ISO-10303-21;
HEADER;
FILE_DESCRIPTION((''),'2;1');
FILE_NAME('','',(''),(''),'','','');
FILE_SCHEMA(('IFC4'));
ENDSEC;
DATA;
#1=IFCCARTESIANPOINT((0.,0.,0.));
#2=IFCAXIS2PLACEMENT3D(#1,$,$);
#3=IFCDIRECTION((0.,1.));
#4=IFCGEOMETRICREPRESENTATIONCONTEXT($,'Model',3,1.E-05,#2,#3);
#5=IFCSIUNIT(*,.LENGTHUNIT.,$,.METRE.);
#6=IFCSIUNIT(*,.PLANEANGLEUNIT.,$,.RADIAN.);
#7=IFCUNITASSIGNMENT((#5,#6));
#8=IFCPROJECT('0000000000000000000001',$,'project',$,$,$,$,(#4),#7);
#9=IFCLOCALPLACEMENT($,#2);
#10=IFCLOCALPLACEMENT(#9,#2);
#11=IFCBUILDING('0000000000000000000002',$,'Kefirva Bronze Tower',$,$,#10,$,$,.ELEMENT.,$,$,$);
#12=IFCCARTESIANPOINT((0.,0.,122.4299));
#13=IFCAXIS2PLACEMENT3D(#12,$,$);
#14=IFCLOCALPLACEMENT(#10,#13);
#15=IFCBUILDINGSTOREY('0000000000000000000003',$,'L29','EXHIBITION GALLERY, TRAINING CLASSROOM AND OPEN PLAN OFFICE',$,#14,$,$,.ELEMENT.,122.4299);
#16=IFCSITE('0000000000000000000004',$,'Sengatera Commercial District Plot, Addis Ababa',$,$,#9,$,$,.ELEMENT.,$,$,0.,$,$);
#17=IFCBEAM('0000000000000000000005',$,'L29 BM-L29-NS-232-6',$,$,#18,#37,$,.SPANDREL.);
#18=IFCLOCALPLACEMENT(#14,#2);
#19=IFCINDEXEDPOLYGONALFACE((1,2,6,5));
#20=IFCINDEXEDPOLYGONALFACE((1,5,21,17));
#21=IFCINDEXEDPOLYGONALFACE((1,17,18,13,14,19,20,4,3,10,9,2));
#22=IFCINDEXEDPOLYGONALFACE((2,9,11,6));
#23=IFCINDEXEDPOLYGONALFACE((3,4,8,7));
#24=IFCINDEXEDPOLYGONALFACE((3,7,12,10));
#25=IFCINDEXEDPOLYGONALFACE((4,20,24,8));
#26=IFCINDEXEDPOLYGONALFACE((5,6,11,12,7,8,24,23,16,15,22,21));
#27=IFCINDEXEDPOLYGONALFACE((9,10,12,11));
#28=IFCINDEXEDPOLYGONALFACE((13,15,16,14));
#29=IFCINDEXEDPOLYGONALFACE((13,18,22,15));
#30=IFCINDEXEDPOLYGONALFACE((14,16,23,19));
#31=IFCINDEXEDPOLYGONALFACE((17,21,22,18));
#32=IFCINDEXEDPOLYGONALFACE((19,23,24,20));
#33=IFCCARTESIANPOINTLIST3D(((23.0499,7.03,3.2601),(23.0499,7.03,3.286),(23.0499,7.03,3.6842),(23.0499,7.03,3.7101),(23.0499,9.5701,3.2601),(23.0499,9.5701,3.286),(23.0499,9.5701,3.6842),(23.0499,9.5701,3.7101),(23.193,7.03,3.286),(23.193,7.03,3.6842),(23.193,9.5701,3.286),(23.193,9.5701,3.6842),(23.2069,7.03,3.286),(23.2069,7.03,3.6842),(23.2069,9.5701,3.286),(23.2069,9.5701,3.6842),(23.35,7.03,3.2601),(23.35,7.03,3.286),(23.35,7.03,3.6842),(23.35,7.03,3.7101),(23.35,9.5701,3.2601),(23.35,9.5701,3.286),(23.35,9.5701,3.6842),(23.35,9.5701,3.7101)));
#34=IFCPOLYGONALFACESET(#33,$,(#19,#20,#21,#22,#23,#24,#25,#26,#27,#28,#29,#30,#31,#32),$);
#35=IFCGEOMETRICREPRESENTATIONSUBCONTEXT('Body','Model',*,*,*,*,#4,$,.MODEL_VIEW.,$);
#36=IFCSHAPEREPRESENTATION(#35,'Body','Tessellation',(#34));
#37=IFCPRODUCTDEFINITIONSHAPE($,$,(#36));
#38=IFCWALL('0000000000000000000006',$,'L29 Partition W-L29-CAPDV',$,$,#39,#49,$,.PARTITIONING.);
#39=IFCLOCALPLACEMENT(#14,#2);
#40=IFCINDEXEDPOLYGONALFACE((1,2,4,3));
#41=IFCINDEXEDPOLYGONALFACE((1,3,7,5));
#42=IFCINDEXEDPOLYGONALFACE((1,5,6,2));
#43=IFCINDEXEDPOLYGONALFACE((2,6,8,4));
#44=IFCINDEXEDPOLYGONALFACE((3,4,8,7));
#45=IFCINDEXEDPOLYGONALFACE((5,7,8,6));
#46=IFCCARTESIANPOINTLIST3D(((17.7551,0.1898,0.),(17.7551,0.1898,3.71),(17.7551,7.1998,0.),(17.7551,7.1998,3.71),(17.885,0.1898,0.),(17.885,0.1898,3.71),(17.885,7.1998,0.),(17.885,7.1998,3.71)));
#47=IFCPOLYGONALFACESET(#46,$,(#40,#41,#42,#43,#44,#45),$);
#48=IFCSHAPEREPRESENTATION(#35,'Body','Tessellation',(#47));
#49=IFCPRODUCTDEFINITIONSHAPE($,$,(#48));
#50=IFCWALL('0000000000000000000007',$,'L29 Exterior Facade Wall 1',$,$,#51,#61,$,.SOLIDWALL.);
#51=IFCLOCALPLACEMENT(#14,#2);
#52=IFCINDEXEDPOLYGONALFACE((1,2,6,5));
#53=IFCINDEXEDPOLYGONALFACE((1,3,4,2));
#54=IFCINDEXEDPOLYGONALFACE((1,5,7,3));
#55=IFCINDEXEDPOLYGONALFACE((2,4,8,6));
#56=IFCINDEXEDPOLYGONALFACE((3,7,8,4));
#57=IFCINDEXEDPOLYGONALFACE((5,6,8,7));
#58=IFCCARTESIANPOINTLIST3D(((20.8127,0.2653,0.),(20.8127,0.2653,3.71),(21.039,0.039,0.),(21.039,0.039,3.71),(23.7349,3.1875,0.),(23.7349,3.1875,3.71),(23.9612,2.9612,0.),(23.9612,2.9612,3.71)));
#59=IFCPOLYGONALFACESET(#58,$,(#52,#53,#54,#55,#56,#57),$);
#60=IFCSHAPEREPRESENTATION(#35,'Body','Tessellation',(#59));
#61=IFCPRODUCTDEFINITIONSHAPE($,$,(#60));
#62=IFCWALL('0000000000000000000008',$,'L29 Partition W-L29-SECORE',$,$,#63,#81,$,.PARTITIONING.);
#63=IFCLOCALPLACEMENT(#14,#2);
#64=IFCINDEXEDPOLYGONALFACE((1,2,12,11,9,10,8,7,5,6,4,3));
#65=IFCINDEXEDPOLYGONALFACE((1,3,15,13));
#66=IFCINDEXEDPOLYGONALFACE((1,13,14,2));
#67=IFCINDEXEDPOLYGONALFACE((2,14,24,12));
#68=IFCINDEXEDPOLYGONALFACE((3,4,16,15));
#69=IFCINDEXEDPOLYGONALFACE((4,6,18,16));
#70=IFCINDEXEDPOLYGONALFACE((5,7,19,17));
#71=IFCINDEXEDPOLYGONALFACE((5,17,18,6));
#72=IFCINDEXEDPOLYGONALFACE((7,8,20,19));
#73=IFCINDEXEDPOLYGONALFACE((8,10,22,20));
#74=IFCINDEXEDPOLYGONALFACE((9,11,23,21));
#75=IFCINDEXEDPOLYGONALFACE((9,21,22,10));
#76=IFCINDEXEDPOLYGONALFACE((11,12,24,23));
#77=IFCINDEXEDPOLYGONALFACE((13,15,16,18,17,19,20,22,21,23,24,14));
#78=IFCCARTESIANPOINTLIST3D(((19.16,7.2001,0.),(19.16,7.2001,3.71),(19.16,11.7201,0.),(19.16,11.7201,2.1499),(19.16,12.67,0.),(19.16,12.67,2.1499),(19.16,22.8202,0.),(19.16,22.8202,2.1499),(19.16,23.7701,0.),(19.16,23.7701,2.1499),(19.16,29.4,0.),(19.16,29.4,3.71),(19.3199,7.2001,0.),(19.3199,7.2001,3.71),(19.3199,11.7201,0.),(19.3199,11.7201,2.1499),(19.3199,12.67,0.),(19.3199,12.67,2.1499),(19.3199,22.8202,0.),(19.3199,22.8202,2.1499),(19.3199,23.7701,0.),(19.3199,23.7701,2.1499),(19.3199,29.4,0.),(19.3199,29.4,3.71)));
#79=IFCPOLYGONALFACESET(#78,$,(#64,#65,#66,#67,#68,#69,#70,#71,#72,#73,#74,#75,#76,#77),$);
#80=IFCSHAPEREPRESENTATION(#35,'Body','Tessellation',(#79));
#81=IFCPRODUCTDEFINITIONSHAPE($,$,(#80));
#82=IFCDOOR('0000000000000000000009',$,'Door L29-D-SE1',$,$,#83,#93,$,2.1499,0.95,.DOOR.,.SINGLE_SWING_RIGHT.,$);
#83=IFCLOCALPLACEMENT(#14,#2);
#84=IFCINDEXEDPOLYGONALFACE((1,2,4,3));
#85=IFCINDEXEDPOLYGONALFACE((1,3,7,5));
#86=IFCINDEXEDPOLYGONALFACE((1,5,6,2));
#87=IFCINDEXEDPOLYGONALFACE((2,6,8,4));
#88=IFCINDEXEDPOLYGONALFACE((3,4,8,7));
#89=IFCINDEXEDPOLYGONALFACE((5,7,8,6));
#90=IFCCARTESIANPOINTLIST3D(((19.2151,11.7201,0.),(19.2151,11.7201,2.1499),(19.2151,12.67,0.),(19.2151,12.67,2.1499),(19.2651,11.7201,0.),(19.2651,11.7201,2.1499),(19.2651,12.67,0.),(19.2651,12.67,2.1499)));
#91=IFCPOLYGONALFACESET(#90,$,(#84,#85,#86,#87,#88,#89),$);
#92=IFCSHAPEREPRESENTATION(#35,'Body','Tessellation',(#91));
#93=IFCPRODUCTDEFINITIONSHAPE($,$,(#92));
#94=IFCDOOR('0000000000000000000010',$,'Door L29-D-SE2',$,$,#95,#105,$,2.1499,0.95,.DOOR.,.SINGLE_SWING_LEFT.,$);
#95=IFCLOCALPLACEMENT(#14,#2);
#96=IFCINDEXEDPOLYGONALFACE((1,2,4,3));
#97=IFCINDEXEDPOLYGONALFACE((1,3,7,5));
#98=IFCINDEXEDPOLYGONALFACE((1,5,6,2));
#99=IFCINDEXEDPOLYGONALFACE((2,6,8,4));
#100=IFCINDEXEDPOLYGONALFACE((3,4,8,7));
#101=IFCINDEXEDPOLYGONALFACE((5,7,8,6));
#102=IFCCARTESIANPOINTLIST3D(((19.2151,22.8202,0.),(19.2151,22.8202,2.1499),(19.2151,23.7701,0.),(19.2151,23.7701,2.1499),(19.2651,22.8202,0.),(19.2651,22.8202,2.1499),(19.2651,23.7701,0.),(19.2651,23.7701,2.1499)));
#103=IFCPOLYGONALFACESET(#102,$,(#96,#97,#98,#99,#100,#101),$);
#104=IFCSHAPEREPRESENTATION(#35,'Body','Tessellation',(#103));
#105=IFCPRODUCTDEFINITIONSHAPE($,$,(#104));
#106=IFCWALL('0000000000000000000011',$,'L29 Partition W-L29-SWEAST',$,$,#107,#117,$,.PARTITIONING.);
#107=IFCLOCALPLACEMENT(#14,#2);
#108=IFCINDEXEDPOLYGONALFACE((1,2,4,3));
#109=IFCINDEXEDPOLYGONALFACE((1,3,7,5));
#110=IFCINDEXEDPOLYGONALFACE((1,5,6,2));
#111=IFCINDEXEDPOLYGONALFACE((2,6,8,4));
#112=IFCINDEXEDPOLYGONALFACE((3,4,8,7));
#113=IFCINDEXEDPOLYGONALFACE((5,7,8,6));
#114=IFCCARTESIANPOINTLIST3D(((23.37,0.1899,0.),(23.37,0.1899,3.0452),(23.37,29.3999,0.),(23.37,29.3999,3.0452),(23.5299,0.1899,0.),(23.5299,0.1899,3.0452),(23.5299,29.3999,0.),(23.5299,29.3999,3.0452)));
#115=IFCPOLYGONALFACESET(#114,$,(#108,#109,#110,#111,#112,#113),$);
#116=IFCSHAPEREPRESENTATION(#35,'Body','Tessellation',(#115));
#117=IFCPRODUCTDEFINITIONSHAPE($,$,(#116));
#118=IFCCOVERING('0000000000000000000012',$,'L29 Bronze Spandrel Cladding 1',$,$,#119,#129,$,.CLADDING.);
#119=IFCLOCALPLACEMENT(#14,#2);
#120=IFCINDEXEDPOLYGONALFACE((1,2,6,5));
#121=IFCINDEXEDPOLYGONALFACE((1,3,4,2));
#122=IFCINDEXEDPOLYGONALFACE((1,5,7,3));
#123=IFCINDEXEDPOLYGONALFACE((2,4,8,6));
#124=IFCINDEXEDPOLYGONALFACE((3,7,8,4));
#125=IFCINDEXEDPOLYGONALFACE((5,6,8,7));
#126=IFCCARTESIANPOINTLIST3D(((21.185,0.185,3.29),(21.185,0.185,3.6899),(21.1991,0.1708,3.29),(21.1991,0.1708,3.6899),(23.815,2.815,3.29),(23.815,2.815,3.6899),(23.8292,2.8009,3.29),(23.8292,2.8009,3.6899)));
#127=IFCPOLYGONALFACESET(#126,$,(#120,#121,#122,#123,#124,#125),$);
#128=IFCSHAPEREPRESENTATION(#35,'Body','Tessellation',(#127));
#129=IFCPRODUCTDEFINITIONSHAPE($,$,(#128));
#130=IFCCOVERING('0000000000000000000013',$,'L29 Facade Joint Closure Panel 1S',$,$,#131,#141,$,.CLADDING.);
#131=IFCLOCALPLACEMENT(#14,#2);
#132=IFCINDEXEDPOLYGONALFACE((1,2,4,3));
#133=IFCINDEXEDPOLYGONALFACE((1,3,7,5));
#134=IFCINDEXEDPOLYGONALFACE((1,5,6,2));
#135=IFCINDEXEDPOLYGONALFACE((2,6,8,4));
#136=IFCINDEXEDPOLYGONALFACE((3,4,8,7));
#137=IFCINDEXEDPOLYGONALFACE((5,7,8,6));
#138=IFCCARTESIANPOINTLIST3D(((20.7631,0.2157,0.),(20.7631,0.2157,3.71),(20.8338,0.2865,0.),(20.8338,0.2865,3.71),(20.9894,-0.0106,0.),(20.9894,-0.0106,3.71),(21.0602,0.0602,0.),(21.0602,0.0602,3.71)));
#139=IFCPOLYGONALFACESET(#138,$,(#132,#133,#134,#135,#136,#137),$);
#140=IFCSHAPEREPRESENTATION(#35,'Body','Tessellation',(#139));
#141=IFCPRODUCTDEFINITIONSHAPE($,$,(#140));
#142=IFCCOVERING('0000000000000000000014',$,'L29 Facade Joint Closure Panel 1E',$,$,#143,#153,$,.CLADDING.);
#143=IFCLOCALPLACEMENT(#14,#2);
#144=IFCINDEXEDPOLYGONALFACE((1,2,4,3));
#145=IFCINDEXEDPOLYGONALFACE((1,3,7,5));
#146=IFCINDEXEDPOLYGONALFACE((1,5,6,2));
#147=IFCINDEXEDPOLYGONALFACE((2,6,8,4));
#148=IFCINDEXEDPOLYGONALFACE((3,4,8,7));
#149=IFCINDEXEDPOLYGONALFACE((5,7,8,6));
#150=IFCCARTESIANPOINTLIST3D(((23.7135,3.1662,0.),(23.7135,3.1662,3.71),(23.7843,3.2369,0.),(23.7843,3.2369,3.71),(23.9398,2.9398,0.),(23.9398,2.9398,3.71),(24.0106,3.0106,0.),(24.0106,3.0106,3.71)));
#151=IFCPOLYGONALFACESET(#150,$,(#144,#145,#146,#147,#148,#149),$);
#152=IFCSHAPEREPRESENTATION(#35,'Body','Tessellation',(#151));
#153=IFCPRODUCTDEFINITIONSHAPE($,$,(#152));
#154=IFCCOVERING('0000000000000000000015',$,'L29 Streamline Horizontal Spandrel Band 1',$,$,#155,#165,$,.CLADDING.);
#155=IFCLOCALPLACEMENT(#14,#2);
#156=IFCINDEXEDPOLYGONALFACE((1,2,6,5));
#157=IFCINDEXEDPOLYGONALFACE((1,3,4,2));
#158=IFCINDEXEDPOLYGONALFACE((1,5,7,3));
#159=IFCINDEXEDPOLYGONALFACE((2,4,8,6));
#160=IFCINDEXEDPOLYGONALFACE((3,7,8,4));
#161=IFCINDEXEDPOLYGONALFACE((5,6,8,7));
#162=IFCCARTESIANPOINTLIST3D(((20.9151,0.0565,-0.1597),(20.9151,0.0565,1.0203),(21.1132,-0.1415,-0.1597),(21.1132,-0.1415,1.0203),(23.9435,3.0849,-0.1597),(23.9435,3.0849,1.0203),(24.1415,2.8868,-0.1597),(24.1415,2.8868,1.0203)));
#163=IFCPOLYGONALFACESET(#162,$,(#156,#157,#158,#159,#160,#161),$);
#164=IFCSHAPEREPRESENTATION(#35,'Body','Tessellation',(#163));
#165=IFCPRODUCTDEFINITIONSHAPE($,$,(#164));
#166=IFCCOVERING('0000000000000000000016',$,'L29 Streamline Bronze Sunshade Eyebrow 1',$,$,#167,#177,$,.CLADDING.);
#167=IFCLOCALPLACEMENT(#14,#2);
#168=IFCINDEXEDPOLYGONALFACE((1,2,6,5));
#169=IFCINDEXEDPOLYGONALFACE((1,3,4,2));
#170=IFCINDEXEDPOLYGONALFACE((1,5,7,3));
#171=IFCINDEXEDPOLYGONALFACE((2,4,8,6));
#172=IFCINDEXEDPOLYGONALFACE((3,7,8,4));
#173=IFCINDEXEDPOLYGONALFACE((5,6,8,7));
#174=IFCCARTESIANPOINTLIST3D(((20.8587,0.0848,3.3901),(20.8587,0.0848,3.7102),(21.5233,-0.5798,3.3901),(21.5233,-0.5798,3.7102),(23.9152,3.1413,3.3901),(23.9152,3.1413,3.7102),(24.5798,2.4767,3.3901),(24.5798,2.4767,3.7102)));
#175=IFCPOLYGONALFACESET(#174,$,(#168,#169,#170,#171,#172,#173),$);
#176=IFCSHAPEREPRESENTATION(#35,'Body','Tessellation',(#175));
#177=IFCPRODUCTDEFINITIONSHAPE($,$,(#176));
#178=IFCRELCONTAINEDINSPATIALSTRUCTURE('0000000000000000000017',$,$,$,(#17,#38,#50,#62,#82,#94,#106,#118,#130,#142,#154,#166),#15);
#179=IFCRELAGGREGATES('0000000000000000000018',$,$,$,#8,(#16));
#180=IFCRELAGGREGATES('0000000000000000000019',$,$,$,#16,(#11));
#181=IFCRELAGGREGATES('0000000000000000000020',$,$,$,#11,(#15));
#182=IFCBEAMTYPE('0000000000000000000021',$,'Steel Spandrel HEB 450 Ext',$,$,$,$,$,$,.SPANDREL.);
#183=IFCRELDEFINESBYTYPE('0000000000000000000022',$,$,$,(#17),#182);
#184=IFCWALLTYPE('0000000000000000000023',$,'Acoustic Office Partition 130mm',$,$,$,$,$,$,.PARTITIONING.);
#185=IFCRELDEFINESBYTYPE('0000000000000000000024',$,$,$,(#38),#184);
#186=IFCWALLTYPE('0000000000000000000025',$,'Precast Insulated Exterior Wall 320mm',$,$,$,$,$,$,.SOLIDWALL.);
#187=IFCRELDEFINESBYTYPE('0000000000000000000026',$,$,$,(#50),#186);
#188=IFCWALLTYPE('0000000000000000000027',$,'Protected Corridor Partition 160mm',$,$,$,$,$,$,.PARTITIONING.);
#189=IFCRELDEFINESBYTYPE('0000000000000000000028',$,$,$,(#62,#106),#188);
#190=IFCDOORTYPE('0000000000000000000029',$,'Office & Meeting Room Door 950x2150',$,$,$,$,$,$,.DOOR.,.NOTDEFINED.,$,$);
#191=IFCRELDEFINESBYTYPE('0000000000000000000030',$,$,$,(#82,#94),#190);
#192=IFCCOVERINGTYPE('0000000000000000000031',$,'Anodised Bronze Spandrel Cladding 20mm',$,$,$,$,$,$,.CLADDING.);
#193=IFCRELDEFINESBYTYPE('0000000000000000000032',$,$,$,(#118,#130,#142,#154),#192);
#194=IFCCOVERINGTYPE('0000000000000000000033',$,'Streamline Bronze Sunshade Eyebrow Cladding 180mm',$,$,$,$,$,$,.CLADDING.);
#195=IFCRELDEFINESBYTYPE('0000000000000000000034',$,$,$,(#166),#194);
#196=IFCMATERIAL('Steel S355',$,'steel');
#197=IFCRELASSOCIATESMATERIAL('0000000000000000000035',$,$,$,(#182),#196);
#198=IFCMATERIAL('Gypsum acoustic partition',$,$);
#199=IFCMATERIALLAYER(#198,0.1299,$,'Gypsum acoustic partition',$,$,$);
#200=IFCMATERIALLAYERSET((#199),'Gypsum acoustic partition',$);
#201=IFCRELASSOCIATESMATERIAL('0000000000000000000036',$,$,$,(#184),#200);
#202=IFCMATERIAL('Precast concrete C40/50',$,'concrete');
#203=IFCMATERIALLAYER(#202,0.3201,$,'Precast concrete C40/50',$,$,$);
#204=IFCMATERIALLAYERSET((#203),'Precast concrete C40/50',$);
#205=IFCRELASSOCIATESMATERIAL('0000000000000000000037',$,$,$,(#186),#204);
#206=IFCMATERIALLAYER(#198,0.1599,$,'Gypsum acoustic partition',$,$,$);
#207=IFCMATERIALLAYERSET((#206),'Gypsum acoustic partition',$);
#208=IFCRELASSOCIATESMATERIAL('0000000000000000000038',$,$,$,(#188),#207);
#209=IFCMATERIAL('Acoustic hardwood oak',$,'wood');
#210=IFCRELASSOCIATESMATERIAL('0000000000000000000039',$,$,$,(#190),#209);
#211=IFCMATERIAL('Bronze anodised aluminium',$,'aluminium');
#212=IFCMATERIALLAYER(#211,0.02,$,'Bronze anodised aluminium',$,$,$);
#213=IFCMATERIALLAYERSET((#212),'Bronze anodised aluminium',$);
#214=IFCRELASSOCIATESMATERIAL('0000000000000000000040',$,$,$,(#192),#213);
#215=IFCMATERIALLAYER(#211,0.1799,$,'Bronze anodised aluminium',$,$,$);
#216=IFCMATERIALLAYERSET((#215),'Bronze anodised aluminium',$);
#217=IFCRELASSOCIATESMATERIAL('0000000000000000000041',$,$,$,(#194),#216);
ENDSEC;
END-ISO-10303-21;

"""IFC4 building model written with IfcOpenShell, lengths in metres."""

from ifc_helpers import new_model, si_unit, direction, frame, frame_2d, origin, origin_2d, place, context, subcontext, project, spatial, rectangle, i_section, extrude, material, layer, layer_set, material_profile, profile_set, type_object, element, fill, save


model = new_model("IFC4")

# Units and contexts
model_context = context("Model", 3, precision=1e-05, world=origin(), true_north=direction((0.0, 1.0)))
body_context = subcontext(model_context, "Body", "Model", "MODEL_VIEW")
ifc_project = project(units=[si_unit("LENGTHUNIT", "METRE"), si_unit("PLANEANGLEUNIT", "RADIAN")], contexts=[model_context])

# Site, building, storey
site_placement = place(None, origin())
site = spatial("IfcSite", under=ifc_project, at=site_placement, Name="Sengatera Commercial District Plot, Addis Ababa", CompositionType="ELEMENT", RefElevation=0.0)
building_placement = place(site_placement, origin())
building = spatial("IfcBuilding", under=site, at=building_placement, Name="Kefirva Bronze Tower", CompositionType="ELEMENT")
storey_placement = place(building_placement, frame((0.0, 0.0, 122.4299)))
storey = spatial("IfcBuildingStorey", under=building, at=storey_placement, Name="L29", Description="EXHIBITION GALLERY, TRAINING CLASSROOM AND OPEN PLAN OFFICE", CompositionType="ELEMENT", Elevation=122.4299)

# Shared definitions
ifc_material_1 = material(Name="Bronze anodised aluminium", Category="aluminium")

# Beam
ifc_material_2 = material(Name="Steel S355", Category="steel")
ifc_material_profile_1 = material_profile(ifc_material_2, i_section(OverallWidth=0.3, OverallDepth=0.45, WebThickness=0.0139, FlangeThickness=0.0259, at=origin_2d()), Name="HEB 450")
ifc_profile_set_1 = profile_set([ifc_material_profile_1], Name="Steel S355")
beam_type_1 = type_object("IfcBeamType", Name="Steel Spandrel HEB 450 Ext", PredefinedType="SPANDREL", material=ifc_profile_set_1)
beam_1_placement = place(storey_placement, frame((23.2, 7.03, 3.4851), z_axis=(0.0, 1.0, 0.0), x_axis=(-1.0, 0.0, 0.0)))
element("IfcBeam", 1, at=beam_1_placement, inside=storey, type_object=beam_type_1, Name="L29 BM-L29-NS-232-6", PredefinedType="SPANDREL", context=body_context, shape_type="SweptSolid", body=[
    extrude(i_section(OverallWidth=0.3, OverallDepth=0.45, WebThickness=0.0139, FlangeThickness=0.0259, at=origin_2d()), origin(), (0.0, 0.0, 1.0), 2.54),
])

# Walls
ifc_material_3 = material(Name="Gypsum acoustic partition")
ifc_layer_1 = layer(ifc_material_3, 0.1299, Name="Gypsum acoustic partition")
ifc_layer_set_1 = layer_set([ifc_layer_1], Name="Gypsum acoustic partition")
wall_type_1 = type_object("IfcWallType", Name="Acoustic Office Partition 130mm", PredefinedType="PARTITIONING", material=ifc_layer_set_1)
wall_1_placement = place(storey_placement, frame((17.8201, 0.1899, 0.0), z_axis=(0.0, 0.0, 1.0), x_axis=(0.0, 1.0, 0.0)))
element("IfcWall", 2, at=wall_1_placement, inside=storey, type_object=wall_type_1, Name="L29 Partition W-L29-CAPDV", PredefinedType="PARTITIONING", context=body_context, shape_type="SweptSolid", body=[
    extrude(rectangle(XDim=7.01, YDim=0.1299, at=frame_2d((3.5049, 0.0))), origin(), (0.0, 0.0, 1.0), 3.71),
])
ifc_material_4 = material(Name="Precast concrete C40/50", Category="concrete")
ifc_layer_2 = layer(ifc_material_4, 0.3201, Name="Precast concrete C40/50")
ifc_layer_set_2 = layer_set([ifc_layer_2], Name="Precast concrete C40/50")
wall_type_2 = type_object("IfcWallType", Name="Precast Insulated Exterior Wall 320mm", PredefinedType="SOLIDWALL", material=ifc_layer_set_2)
wall_2_placement = place(storey_placement, frame((20.9258, 0.1521, 0.0), z_axis=(0.0, 0.0, 1.0), x_axis=(0.707107, 0.707107, 0.0)))
element("IfcWall", 3, at=wall_2_placement, inside=storey, type_object=wall_type_2, Name="L29 Exterior Facade Wall 1", PredefinedType="SOLIDWALL", context=body_context, shape_type="SweptSolid", body=[
    extrude(rectangle(XDim=4.1326, YDim=0.3201, at=frame_2d((2.0664, 0.0))), origin(), (0.0, 0.0, 1.0), 3.71),
])

# Wall, openings, doors
ifc_layer_3 = layer(ifc_material_3, 0.1599, Name="Gypsum acoustic partition")
ifc_layer_set_3 = layer_set([ifc_layer_3], Name="Gypsum acoustic partition")
wall_type_3 = type_object("IfcWallType", Name="Protected Corridor Partition 160mm", PredefinedType="PARTITIONING", material=ifc_layer_set_3)
wall_3_placement = place(storey_placement, frame((19.24, 7.2, 0.0), z_axis=(0.0, 0.0, 1.0), x_axis=(0.0, 1.0, 0.0)))
wall_3 = element("IfcWall", 4, at=wall_3_placement, inside=storey, type_object=wall_type_3, Name="L29 Partition W-L29-SECORE", PredefinedType="PARTITIONING", context=body_context, shape_type="SweptSolid", body=[
    extrude(rectangle(XDim=22.2, YDim=0.1599, at=frame_2d((11.1001, 0.0))), origin(), (0.0, 0.0, 1.0), 3.71),
])
opening_1_placement = place(wall_3_placement, frame((4.52, 0.0, 0.0)))
opening_1 = element("IfcOpeningElement", 5, at=opening_1_placement, cuts=wall_3, PredefinedType="OPENING", context=body_context, shape_type="SweptSolid", body=[
    extrude(rectangle(XDim=0.95, YDim=2.1499, at=frame_2d((0.4751, 1.075))), frame((0.0, 0.0898, 0.0), z_axis=(0.0, -1.0, 0.0), x_axis=(1.0, 0.0, 0.0)), (0.0, 0.0, 1.0), 0.1799),
])
opening_2_placement = place(wall_3_placement, frame((15.6201, 0.0, 0.0)))
opening_2 = element("IfcOpeningElement", 6, at=opening_2_placement, cuts=wall_3, PredefinedType="OPENING", context=body_context, shape_type="SweptSolid", body=[
    extrude(rectangle(XDim=0.95, YDim=2.1499, at=frame_2d((0.4751, 1.075))), frame((0.0, 0.0898, 0.0), z_axis=(0.0, -1.0, 0.0), x_axis=(1.0, 0.0, 0.0)), (0.0, 0.0, 1.0), 0.1799),
])
ifc_material_5 = material(Name="Acoustic hardwood oak", Category="wood")
door_type = type_object("IfcDoorType", Name="Office & Meeting Room Door 950x2150", OperationType="NOTDEFINED", PredefinedType="DOOR", material=ifc_material_5)
door_1_placement = place(opening_1_placement, origin())
door_1 = element("IfcDoor", 7, at=door_1_placement, inside=storey, type_object=door_type, Name="Door L29-D-SE1", OperationType="SINGLE_SWING_RIGHT", OverallHeight=2.1499, OverallWidth=0.95, PredefinedType="DOOR", context=body_context, shape_type="SweptSolid", body=[
    extrude(rectangle(XDim=0.95, YDim=2.1499, at=frame_2d((0.4751, 1.075))), frame((0.0, 0.0249, 0.0), z_axis=(0.0, -1.0, 0.0), x_axis=(1.0, 0.0, 0.0)), (0.0, 0.0, 1.0), 0.05),
])
fill(opening_1, door_1)
door_2_placement = place(opening_2_placement, origin())
door_2 = element("IfcDoor", 8, at=door_2_placement, inside=storey, type_object=door_type, Name="Door L29-D-SE2", OperationType="SINGLE_SWING_LEFT", OverallHeight=2.1499, OverallWidth=0.95, PredefinedType="DOOR", context=body_context, shape_type="SweptSolid", body=[
    extrude(rectangle(XDim=0.95, YDim=2.1499, at=frame_2d((0.4751, 1.075))), frame((0.0, 0.0249, 0.0), z_axis=(0.0, -1.0, 0.0), x_axis=(1.0, 0.0, 0.0)), (0.0, 0.0, 1.0), 0.05),
])
fill(opening_2, door_2)

# Wall
wall_4_placement = place(storey_placement, frame((23.45, 0.1899, 0.0), z_axis=(0.0, 0.0, 1.0), x_axis=(0.0, 1.0, 0.0)))
element("IfcWall", 9, at=wall_4_placement, inside=storey, type_object=wall_type_3, Name="L29 Partition W-L29-SWEAST", PredefinedType="PARTITIONING", context=body_context, shape_type="SweptSolid", body=[
    extrude(rectangle(XDim=29.21, YDim=0.1599, at=frame_2d((14.605, 0.0))), origin(), (0.0, 0.0, 1.0), 3.0452),
])

# Coverings
ifc_layer_4 = layer(ifc_material_1, 0.02, Name="Bronze anodised aluminium")
ifc_layer_set_4 = layer_set([ifc_layer_4], Name="Bronze anodised aluminium")
covering_type_1 = type_object("IfcCoveringType", Name="Anodised Bronze Spandrel Cladding 20mm", PredefinedType="CLADDING", material=ifc_layer_set_4)
covering_1_placement = place(storey_placement, frame((22.5071, 1.4929, 3.29), z_axis=(0.0, 0.0, 1.0), x_axis=(0.707107, 0.707107, 0.0)))
element("IfcCovering", 10, at=covering_1_placement, inside=storey, type_object=covering_type_1, Name="L29 Bronze Spandrel Cladding 1", PredefinedType="CLADDING", context=body_context, shape_type="SweptSolid", body=[
    extrude(rectangle(XDim=3.7195, YDim=0.02, at=origin_2d()), origin(), (0.0, 0.0, 1.0), 0.3999),
])
for number, where, z_axis, x_axis, name in (
    (11, (20.9116, 0.1379, 0.0), (0.0, 0.0, 1.0), (0.707107, 0.707107, 0.0), "L29 Facade Joint Closure Panel 1S"),
    (12, (23.8621, 3.0884, 0.0), (0.0, 0.0, 1.0), (0.707107, 0.707107, 0.0), "L29 Facade Joint Closure Panel 1E"),
):
    element("IfcCovering", number, at=place(storey_placement, frame(where, z_axis=z_axis, x_axis=x_axis)), inside=storey, type_object=covering_type_1, Name=name, PredefinedType="CLADDING", context=body_context, shape_type="SweptSolid", body=[
        extrude(rectangle(XDim=0.1001, YDim=0.3201, at=origin_2d()), origin(), (0.0, 0.0, 1.0), 3.71),
    ])
covering_2_placement = place(storey_placement, frame((22.5283, 1.4717, -0.1597), z_axis=(0.0, 0.0, 1.0), x_axis=(0.707107, 0.707107, 0.0)))
element("IfcCovering", 13, at=covering_2_placement, inside=storey, type_object=covering_type_1, Name="L29 Streamline Horizontal Spandrel Band 1", PredefinedType="CLADDING", context=body_context, shape_type="SweptSolid", body=[
    extrude(rectangle(XDim=4.2827, YDim=0.28, at=origin_2d()), origin(), (0.0, 0.0, 1.0), 1.1799),
])
ifc_layer_5 = layer(ifc_material_1, 0.1799, Name="Bronze anodised aluminium")
ifc_layer_set_5 = layer_set([ifc_layer_5], Name="Bronze anodised aluminium")
covering_type_2 = type_object("IfcCoveringType", Name="Streamline Bronze Sunshade Eyebrow Cladding 180mm", PredefinedType="CLADDING", material=ifc_layer_set_5)
covering_3_placement = place(storey_placement, frame((22.7192, 1.2808, 3.3901), z_axis=(0.0, 0.0, 1.0), x_axis=(0.707107, 0.707107, 0.0)))
element("IfcCovering", 14, at=covering_3_placement, inside=storey, type_object=covering_type_2, Name="L29 Streamline Bronze Sunshade Eyebrow 1", PredefinedType="CLADDING", context=body_context, shape_type="SweptSolid", body=[
    extrude(rectangle(XDim=4.3225, YDim=0.9399, at=origin_2d()), origin(), (0.0, 0.0, 1.0), 0.3201),
])

save(model, "model.ifc")
